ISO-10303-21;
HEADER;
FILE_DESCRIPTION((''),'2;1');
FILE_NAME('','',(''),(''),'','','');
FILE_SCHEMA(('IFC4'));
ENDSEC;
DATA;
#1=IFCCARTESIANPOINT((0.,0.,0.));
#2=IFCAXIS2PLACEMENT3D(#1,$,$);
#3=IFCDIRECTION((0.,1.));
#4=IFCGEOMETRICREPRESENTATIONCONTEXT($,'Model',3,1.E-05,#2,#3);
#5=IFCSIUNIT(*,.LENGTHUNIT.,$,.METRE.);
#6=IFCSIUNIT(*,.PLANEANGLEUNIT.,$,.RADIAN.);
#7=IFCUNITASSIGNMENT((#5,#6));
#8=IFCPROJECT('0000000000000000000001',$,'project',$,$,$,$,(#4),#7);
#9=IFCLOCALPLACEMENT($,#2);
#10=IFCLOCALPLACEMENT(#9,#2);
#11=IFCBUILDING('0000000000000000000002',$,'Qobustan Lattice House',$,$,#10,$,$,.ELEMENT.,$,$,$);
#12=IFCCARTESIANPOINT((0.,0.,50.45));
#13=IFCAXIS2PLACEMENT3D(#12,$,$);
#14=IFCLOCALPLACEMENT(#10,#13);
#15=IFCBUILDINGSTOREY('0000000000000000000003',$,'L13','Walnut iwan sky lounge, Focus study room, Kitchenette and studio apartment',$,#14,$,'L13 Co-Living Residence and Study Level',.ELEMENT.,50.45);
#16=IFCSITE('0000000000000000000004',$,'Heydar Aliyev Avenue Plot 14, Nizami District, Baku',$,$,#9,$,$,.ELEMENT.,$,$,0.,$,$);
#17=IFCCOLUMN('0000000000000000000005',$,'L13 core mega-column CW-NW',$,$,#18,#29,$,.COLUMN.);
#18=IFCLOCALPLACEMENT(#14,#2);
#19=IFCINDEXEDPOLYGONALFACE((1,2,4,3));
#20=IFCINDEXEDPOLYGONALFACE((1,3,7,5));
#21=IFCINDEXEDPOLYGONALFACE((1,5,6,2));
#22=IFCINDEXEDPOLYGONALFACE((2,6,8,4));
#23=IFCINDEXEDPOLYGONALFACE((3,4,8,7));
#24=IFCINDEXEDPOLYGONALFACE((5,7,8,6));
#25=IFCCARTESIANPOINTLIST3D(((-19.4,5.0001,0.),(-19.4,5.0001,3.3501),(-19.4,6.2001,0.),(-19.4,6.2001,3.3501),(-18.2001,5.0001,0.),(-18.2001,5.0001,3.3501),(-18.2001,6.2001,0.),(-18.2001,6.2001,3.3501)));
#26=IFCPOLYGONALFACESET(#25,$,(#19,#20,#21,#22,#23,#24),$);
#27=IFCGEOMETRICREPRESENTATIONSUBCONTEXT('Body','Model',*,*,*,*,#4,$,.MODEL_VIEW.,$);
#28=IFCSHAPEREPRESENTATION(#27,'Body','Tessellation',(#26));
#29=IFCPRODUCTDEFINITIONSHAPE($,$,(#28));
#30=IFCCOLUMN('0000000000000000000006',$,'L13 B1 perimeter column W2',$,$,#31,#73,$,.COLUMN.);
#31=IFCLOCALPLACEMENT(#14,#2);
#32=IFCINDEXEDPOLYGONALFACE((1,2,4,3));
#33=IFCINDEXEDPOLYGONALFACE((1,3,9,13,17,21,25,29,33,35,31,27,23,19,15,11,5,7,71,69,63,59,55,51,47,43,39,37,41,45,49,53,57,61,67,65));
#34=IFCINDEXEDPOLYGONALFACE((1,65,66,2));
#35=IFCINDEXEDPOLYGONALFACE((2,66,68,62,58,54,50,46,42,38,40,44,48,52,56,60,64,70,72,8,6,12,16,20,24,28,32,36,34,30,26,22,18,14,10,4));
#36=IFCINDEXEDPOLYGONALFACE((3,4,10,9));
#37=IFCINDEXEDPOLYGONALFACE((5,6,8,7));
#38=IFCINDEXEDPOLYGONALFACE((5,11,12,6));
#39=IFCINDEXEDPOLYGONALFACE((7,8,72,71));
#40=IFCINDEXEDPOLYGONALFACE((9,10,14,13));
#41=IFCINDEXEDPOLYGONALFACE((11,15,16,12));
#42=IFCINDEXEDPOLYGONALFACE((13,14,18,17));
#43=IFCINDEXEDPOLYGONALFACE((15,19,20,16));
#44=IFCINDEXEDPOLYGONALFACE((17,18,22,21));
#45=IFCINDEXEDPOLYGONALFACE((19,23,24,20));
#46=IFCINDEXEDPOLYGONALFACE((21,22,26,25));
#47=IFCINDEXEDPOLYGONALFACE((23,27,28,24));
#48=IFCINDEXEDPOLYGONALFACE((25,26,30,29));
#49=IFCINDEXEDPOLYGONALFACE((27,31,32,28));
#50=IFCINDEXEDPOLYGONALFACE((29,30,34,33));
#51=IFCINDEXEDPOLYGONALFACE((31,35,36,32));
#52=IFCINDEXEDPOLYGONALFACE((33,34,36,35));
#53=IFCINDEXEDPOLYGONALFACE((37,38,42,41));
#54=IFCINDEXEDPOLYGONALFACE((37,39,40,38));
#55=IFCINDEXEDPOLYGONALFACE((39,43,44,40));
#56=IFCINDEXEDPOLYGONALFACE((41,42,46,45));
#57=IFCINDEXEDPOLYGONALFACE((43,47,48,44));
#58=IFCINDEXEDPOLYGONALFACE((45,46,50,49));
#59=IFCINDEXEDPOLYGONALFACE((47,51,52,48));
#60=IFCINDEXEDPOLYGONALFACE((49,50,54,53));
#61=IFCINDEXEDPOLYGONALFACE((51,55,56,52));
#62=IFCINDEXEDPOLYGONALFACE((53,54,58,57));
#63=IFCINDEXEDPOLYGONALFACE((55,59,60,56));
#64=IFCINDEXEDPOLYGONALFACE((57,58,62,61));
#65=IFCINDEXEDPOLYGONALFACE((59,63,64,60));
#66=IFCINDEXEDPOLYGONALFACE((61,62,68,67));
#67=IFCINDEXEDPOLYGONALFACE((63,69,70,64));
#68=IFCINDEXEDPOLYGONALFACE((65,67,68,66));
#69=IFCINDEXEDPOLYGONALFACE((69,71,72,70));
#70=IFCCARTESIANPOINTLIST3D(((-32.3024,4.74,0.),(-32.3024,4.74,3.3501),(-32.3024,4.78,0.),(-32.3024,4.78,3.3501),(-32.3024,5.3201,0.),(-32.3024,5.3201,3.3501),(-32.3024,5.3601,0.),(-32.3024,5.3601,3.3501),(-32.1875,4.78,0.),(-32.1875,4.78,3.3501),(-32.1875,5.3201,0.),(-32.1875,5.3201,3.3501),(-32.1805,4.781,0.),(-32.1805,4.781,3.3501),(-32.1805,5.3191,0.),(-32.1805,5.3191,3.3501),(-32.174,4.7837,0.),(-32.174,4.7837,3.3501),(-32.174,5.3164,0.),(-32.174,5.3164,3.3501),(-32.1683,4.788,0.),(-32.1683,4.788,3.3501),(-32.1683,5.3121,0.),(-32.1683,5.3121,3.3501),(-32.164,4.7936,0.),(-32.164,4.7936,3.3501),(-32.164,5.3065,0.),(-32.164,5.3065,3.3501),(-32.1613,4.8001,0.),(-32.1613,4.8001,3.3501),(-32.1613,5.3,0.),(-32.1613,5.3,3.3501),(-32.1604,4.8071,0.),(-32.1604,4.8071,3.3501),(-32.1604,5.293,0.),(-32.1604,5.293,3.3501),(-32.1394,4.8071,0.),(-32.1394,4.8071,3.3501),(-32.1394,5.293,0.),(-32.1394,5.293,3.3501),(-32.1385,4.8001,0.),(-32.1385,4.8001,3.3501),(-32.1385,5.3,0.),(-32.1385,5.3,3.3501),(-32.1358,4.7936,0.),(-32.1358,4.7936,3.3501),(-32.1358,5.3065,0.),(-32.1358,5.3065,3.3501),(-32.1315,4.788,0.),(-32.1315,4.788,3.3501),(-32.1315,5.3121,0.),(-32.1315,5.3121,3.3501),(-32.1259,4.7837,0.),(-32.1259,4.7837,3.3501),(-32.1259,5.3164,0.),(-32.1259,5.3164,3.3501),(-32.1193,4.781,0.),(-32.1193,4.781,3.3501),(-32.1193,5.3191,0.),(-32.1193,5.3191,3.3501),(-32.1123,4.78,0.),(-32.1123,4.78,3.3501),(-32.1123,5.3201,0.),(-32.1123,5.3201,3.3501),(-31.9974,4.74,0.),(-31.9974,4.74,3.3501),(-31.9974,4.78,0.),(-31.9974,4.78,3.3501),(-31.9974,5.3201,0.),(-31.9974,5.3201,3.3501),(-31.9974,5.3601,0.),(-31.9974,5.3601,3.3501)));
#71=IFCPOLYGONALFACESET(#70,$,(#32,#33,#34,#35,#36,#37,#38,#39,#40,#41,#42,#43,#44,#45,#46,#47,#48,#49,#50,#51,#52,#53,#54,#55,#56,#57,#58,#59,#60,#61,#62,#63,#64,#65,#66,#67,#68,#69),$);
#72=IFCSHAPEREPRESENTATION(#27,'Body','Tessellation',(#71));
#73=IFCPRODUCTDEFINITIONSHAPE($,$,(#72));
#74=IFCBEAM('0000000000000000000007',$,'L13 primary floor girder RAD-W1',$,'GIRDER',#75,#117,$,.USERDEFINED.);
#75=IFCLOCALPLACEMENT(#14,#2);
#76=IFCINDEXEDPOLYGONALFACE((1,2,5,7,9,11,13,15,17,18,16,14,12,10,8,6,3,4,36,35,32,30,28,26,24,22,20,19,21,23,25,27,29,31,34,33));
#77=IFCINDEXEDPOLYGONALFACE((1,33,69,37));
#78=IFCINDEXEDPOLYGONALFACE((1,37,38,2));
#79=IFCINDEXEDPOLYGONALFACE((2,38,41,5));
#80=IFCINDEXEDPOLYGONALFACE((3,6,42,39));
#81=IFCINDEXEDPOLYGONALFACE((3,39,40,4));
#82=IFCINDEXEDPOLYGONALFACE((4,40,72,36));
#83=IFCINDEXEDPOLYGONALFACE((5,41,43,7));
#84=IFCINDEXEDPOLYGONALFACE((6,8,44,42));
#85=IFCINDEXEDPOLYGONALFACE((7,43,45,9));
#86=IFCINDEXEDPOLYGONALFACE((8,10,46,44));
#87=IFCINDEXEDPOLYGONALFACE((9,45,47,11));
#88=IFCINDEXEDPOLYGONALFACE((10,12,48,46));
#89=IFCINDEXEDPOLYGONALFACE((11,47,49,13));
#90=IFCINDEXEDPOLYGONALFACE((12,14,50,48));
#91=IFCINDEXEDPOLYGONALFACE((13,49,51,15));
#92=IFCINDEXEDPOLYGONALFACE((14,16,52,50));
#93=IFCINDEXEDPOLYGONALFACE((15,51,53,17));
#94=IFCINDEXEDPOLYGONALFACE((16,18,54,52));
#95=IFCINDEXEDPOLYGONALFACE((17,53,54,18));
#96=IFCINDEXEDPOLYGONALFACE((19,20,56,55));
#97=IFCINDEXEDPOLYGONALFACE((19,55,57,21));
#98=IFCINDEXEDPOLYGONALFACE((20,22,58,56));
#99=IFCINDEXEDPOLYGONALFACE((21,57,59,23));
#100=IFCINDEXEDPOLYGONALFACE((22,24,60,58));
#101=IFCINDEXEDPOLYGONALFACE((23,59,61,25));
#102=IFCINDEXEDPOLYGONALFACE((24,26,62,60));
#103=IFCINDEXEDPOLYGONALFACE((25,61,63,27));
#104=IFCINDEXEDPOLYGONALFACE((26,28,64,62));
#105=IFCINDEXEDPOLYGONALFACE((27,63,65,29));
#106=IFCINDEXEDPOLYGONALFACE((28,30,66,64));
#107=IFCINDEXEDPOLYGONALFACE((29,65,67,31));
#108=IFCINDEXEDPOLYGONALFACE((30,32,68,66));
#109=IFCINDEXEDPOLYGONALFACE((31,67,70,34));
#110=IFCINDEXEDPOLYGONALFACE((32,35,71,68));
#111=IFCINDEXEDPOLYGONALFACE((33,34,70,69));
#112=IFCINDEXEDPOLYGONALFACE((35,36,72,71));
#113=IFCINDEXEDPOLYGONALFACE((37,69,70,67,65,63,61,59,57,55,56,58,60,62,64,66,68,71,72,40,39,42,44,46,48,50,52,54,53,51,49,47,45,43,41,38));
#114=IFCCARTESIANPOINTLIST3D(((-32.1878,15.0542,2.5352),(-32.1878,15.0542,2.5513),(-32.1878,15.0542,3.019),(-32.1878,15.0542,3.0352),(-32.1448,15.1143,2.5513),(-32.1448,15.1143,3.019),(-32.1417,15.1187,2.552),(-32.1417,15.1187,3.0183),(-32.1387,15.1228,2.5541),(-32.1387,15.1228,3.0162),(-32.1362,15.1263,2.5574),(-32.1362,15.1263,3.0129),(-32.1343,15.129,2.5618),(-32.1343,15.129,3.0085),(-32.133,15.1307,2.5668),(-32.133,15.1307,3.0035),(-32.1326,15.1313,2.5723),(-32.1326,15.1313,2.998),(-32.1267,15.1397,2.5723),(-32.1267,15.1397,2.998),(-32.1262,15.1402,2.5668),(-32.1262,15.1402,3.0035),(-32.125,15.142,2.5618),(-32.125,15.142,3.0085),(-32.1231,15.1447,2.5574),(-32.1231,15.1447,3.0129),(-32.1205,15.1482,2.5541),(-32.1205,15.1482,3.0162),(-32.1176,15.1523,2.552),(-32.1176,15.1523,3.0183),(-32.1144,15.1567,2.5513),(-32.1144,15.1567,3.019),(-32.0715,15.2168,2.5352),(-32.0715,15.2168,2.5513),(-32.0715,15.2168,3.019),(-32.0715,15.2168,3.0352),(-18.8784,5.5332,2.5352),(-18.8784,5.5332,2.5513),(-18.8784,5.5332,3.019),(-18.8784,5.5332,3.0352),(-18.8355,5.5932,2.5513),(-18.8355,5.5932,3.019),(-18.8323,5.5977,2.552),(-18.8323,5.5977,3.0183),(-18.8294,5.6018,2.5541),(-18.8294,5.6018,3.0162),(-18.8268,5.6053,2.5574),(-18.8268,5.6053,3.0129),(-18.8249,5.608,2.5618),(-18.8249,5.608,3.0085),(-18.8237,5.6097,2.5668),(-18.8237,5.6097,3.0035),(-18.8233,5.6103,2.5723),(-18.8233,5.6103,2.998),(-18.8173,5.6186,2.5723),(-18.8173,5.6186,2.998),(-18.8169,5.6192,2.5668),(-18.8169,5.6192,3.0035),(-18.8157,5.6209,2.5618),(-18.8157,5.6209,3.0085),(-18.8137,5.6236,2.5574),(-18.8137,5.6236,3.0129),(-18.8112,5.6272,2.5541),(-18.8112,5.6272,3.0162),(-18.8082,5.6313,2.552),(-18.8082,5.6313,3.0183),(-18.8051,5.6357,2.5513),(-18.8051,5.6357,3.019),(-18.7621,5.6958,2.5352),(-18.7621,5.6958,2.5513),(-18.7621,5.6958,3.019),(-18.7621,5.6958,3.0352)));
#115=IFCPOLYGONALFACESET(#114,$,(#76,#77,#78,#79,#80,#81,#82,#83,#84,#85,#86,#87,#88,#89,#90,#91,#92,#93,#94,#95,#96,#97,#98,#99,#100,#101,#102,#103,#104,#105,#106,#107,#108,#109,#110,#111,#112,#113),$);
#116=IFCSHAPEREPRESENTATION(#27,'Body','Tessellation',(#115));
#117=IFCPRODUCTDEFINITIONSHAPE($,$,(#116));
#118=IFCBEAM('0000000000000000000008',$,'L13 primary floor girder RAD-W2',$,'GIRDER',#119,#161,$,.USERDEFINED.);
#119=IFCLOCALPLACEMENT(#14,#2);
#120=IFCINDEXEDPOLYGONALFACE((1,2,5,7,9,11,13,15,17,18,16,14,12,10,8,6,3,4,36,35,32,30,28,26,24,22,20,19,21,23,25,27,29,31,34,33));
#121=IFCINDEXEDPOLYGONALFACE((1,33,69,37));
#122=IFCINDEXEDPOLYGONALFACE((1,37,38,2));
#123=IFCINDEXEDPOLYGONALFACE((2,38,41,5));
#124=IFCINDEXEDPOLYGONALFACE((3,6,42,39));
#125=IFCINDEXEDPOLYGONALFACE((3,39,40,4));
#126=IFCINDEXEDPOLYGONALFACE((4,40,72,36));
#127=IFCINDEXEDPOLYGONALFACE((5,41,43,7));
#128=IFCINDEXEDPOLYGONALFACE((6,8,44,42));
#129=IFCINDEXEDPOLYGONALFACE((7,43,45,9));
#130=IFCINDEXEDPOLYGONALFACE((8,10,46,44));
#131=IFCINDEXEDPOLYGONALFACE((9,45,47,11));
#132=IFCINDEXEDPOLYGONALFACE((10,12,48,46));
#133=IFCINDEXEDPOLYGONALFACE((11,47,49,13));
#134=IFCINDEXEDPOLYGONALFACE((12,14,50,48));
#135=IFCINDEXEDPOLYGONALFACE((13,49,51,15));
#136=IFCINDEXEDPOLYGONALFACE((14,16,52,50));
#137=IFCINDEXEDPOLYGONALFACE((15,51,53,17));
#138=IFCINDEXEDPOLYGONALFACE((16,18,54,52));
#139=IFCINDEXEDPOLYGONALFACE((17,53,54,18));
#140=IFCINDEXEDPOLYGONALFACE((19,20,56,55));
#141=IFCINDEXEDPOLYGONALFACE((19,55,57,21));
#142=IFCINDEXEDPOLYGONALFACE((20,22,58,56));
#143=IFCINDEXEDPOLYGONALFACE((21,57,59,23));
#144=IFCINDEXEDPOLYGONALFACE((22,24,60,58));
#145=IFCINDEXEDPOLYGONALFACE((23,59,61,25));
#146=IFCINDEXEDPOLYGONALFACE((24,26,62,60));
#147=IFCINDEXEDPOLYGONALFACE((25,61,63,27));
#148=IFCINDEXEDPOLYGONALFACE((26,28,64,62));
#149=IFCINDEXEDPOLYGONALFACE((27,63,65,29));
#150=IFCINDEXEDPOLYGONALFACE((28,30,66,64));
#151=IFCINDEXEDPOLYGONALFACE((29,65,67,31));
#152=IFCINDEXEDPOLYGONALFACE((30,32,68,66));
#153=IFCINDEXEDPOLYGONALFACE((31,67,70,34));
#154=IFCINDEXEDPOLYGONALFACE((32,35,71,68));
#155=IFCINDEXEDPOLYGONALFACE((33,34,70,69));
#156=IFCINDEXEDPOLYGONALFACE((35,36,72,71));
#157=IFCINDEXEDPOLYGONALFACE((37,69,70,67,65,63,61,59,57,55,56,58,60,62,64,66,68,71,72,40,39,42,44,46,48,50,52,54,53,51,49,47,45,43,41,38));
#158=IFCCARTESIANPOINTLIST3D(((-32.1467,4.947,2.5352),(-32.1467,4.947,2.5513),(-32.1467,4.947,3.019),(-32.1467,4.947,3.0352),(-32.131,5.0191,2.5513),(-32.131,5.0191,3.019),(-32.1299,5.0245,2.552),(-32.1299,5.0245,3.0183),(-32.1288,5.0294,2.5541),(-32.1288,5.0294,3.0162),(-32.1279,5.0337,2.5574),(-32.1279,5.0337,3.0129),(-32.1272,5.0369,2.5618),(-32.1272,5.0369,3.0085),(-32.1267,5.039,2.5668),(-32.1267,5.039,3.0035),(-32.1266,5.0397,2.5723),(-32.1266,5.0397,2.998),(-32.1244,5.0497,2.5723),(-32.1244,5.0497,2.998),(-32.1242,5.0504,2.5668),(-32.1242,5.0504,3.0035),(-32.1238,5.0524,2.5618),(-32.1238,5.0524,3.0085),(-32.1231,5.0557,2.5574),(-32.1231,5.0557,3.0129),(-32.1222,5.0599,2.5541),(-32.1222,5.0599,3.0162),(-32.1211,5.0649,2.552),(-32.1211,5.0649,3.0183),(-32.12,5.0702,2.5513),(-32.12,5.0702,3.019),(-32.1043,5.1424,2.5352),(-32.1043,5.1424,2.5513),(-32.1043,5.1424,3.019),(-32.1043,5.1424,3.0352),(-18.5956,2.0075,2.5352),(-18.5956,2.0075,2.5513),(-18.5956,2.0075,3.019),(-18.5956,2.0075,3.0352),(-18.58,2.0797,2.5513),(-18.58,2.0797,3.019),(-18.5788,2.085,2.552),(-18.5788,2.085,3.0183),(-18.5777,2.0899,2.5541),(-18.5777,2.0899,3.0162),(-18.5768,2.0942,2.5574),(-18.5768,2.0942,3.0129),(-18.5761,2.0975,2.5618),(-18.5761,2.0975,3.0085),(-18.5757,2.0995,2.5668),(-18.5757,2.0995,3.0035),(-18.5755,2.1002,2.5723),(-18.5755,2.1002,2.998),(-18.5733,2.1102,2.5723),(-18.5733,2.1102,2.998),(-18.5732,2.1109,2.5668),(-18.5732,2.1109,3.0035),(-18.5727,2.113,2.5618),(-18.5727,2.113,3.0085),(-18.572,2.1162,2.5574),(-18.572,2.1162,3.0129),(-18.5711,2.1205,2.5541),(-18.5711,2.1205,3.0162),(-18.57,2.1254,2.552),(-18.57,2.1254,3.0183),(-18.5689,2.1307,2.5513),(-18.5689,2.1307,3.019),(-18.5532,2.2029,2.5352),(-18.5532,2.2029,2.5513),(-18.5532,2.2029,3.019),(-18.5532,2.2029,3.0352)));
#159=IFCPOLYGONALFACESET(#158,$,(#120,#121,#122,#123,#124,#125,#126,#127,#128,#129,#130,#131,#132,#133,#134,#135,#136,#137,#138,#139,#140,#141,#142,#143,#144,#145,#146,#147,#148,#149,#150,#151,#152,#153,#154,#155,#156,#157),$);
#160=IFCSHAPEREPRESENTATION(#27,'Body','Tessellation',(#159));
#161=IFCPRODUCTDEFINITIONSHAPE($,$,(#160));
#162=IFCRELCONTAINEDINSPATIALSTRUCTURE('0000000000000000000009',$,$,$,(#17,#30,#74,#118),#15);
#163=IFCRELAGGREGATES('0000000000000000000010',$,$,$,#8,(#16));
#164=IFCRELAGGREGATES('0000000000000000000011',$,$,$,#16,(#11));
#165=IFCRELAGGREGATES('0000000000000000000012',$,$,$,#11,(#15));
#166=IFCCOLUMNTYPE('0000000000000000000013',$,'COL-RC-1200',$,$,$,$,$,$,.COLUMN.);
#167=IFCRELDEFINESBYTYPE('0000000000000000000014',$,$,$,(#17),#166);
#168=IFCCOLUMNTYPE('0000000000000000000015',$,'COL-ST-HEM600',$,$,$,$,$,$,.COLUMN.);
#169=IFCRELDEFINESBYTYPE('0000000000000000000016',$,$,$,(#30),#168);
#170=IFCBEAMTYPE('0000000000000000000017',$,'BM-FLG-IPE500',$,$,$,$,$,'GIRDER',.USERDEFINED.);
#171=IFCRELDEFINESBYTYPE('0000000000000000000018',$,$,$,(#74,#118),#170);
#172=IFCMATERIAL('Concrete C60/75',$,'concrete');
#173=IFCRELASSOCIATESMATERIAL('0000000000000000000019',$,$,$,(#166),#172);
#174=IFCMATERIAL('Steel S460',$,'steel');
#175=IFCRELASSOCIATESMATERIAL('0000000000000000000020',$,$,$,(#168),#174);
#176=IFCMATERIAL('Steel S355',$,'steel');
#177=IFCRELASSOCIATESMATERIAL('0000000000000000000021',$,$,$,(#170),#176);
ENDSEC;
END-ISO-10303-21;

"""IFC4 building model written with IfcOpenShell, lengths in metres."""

from ifc_helpers import new_model, si_unit, direction, frame, origin, origin_2d, place, context, subcontext, project, spatial, rectangle, i_section, extrude, material, material_profile, profile_set, type_object, element, save


model = new_model("IFC4")

# Units and contexts
model_context = context("Model", 3, precision=1e-05, world=origin(), true_north=direction((0.0, 1.0)))
body_context = subcontext(model_context, "Body", "Model", "MODEL_VIEW")
ifc_project = project(units=[si_unit("LENGTHUNIT", "METRE"), si_unit("PLANEANGLEUNIT", "RADIAN")], contexts=[model_context])

# Site, building, storey
site_placement = place(None, origin())
site = spatial("IfcSite", under=ifc_project, at=site_placement, Name="Heydar Aliyev Avenue Plot 14, Nizami District, Baku", CompositionType="ELEMENT", RefElevation=0.0)
building_placement = place(site_placement, origin())
building = spatial("IfcBuilding", under=site, at=building_placement, Name="Qobustan Lattice House", CompositionType="ELEMENT")
storey_placement = place(building_placement, frame((0.0, 0.0, 50.45)))
storey = spatial("IfcBuildingStorey", under=building, at=storey_placement, Name="L13", Description="Walnut iwan sky lounge, Focus study room, Kitchenette and studio apartment", LongName="L13 Co-Living Residence and Study Level", CompositionType="ELEMENT", Elevation=50.45)

# Columns
ifc_material_1 = material(Name="Concrete C60/75", Category="concrete")
ifc_material_profile_1 = material_profile(ifc_material_1, rectangle(XDim=1.2, YDim=1.2, at=origin_2d()), Name="RC1200x1200")
ifc_profile_set_1 = profile_set([ifc_material_profile_1], Name="Concrete C60/75")
column_type_1 = type_object("IfcColumnType", Name="COL-RC-1200", PredefinedType="COLUMN", material=ifc_profile_set_1)
column_1_placement = place(storey_placement, frame((-18.8, 5.6001, 0.0), z_axis=(0.0, 0.0, 1.0), x_axis=(1.0, 0.0, 0.0)))
element("IfcColumn", 1, at=column_1_placement, inside=storey, type_object=column_type_1, Name="L13 core mega-column CW-NW", PredefinedType="COLUMN", context=body_context, shape_type="SweptSolid", body=[
    extrude(rectangle(XDim=1.2, YDim=1.2, at=origin_2d()), origin(), (0.0, 0.0, 1.0), 3.3501),
])
ifc_material_2 = material(Name="Steel S460", Category="steel")
ifc_material_profile_2 = material_profile(ifc_material_2, i_section(OverallWidth=0.3049, OverallDepth=0.6201, WebThickness=0.021, FlangeThickness=0.04, FilletRadius=0.0271, at=origin_2d()), Name="HEM600")
ifc_profile_set_2 = profile_set([ifc_material_profile_2], Name="Steel S460")
column_type_2 = type_object("IfcColumnType", Name="COL-ST-HEM600", PredefinedType="COLUMN", material=ifc_profile_set_2)
column_2_placement = place(storey_placement, frame((-32.1499, 5.05, 0.0), z_axis=(0.0, 0.0, 1.0), x_axis=(1.0, 0.0, 0.0)))
element("IfcColumn", 2, at=column_2_placement, inside=storey, type_object=column_type_2, Name="L13 B1 perimeter column W2", PredefinedType="COLUMN", context=body_context, shape_type="SweptSolid", body=[
    extrude(i_section(OverallWidth=0.3049, OverallDepth=0.6201, WebThickness=0.021, FlangeThickness=0.04, FilletRadius=0.0271, at=origin_2d()), origin(), (0.0, 0.0, 1.0), 3.3501),
])

# Beams
ifc_material_3 = material(Name="Steel S355", Category="steel")
ifc_material_profile_3 = material_profile(ifc_material_3, i_section(OverallWidth=0.2, OverallDepth=0.5, WebThickness=0.0103, FlangeThickness=0.0161, FilletRadius=0.021, at=origin_2d()), Name="IPE500")
ifc_profile_set_3 = profile_set([ifc_material_profile_3], Name="Steel S355")
beam_type_1 = type_object("IfcBeamType", Name="BM-FLG-IPE500", ElementType="GIRDER", PredefinedType="USERDEFINED", material=ifc_profile_set_3)
beam_1_placement = place(storey_placement, frame((-32.1296, 15.1355, 2.7852), z_axis=(0.813319, -0.581818, 0.0), x_axis=(0.581818, 0.813319, 0.0)))
element("IfcBeam", 3, at=beam_1_placement, inside=storey, type_object=beam_type_1, Name="L13 primary floor girder RAD-W1", ObjectType="GIRDER", PredefinedType="USERDEFINED", context=body_context, shape_type="SweptSolid", body=[
    extrude(i_section(OverallWidth=0.2, OverallDepth=0.5, WebThickness=0.0103, FlangeThickness=0.0161, FilletRadius=0.021, at=origin_2d()), origin(), (0.0, 0.0, 1.0), 16.3643),
])
beam_2_placement = place(storey_placement, frame((-32.1255, 5.0447, 2.7852), z_axis=(0.977272, -0.211987, 0.0), x_axis=(0.211987, 0.977272, 0.0)))
element("IfcBeam", 4, at=beam_2_placement, inside=storey, type_object=beam_type_1, Name="L13 primary floor girder RAD-W2", ObjectType="GIRDER", PredefinedType="USERDEFINED", context=body_context, shape_type="SweptSolid", body=[
    extrude(i_section(OverallWidth=0.2, OverallDepth=0.5, WebThickness=0.0103, FlangeThickness=0.0161, FilletRadius=0.021, at=origin_2d()), origin(), (0.0, 0.0, 1.0), 13.8662),
])

save(model, "model.ifc")
